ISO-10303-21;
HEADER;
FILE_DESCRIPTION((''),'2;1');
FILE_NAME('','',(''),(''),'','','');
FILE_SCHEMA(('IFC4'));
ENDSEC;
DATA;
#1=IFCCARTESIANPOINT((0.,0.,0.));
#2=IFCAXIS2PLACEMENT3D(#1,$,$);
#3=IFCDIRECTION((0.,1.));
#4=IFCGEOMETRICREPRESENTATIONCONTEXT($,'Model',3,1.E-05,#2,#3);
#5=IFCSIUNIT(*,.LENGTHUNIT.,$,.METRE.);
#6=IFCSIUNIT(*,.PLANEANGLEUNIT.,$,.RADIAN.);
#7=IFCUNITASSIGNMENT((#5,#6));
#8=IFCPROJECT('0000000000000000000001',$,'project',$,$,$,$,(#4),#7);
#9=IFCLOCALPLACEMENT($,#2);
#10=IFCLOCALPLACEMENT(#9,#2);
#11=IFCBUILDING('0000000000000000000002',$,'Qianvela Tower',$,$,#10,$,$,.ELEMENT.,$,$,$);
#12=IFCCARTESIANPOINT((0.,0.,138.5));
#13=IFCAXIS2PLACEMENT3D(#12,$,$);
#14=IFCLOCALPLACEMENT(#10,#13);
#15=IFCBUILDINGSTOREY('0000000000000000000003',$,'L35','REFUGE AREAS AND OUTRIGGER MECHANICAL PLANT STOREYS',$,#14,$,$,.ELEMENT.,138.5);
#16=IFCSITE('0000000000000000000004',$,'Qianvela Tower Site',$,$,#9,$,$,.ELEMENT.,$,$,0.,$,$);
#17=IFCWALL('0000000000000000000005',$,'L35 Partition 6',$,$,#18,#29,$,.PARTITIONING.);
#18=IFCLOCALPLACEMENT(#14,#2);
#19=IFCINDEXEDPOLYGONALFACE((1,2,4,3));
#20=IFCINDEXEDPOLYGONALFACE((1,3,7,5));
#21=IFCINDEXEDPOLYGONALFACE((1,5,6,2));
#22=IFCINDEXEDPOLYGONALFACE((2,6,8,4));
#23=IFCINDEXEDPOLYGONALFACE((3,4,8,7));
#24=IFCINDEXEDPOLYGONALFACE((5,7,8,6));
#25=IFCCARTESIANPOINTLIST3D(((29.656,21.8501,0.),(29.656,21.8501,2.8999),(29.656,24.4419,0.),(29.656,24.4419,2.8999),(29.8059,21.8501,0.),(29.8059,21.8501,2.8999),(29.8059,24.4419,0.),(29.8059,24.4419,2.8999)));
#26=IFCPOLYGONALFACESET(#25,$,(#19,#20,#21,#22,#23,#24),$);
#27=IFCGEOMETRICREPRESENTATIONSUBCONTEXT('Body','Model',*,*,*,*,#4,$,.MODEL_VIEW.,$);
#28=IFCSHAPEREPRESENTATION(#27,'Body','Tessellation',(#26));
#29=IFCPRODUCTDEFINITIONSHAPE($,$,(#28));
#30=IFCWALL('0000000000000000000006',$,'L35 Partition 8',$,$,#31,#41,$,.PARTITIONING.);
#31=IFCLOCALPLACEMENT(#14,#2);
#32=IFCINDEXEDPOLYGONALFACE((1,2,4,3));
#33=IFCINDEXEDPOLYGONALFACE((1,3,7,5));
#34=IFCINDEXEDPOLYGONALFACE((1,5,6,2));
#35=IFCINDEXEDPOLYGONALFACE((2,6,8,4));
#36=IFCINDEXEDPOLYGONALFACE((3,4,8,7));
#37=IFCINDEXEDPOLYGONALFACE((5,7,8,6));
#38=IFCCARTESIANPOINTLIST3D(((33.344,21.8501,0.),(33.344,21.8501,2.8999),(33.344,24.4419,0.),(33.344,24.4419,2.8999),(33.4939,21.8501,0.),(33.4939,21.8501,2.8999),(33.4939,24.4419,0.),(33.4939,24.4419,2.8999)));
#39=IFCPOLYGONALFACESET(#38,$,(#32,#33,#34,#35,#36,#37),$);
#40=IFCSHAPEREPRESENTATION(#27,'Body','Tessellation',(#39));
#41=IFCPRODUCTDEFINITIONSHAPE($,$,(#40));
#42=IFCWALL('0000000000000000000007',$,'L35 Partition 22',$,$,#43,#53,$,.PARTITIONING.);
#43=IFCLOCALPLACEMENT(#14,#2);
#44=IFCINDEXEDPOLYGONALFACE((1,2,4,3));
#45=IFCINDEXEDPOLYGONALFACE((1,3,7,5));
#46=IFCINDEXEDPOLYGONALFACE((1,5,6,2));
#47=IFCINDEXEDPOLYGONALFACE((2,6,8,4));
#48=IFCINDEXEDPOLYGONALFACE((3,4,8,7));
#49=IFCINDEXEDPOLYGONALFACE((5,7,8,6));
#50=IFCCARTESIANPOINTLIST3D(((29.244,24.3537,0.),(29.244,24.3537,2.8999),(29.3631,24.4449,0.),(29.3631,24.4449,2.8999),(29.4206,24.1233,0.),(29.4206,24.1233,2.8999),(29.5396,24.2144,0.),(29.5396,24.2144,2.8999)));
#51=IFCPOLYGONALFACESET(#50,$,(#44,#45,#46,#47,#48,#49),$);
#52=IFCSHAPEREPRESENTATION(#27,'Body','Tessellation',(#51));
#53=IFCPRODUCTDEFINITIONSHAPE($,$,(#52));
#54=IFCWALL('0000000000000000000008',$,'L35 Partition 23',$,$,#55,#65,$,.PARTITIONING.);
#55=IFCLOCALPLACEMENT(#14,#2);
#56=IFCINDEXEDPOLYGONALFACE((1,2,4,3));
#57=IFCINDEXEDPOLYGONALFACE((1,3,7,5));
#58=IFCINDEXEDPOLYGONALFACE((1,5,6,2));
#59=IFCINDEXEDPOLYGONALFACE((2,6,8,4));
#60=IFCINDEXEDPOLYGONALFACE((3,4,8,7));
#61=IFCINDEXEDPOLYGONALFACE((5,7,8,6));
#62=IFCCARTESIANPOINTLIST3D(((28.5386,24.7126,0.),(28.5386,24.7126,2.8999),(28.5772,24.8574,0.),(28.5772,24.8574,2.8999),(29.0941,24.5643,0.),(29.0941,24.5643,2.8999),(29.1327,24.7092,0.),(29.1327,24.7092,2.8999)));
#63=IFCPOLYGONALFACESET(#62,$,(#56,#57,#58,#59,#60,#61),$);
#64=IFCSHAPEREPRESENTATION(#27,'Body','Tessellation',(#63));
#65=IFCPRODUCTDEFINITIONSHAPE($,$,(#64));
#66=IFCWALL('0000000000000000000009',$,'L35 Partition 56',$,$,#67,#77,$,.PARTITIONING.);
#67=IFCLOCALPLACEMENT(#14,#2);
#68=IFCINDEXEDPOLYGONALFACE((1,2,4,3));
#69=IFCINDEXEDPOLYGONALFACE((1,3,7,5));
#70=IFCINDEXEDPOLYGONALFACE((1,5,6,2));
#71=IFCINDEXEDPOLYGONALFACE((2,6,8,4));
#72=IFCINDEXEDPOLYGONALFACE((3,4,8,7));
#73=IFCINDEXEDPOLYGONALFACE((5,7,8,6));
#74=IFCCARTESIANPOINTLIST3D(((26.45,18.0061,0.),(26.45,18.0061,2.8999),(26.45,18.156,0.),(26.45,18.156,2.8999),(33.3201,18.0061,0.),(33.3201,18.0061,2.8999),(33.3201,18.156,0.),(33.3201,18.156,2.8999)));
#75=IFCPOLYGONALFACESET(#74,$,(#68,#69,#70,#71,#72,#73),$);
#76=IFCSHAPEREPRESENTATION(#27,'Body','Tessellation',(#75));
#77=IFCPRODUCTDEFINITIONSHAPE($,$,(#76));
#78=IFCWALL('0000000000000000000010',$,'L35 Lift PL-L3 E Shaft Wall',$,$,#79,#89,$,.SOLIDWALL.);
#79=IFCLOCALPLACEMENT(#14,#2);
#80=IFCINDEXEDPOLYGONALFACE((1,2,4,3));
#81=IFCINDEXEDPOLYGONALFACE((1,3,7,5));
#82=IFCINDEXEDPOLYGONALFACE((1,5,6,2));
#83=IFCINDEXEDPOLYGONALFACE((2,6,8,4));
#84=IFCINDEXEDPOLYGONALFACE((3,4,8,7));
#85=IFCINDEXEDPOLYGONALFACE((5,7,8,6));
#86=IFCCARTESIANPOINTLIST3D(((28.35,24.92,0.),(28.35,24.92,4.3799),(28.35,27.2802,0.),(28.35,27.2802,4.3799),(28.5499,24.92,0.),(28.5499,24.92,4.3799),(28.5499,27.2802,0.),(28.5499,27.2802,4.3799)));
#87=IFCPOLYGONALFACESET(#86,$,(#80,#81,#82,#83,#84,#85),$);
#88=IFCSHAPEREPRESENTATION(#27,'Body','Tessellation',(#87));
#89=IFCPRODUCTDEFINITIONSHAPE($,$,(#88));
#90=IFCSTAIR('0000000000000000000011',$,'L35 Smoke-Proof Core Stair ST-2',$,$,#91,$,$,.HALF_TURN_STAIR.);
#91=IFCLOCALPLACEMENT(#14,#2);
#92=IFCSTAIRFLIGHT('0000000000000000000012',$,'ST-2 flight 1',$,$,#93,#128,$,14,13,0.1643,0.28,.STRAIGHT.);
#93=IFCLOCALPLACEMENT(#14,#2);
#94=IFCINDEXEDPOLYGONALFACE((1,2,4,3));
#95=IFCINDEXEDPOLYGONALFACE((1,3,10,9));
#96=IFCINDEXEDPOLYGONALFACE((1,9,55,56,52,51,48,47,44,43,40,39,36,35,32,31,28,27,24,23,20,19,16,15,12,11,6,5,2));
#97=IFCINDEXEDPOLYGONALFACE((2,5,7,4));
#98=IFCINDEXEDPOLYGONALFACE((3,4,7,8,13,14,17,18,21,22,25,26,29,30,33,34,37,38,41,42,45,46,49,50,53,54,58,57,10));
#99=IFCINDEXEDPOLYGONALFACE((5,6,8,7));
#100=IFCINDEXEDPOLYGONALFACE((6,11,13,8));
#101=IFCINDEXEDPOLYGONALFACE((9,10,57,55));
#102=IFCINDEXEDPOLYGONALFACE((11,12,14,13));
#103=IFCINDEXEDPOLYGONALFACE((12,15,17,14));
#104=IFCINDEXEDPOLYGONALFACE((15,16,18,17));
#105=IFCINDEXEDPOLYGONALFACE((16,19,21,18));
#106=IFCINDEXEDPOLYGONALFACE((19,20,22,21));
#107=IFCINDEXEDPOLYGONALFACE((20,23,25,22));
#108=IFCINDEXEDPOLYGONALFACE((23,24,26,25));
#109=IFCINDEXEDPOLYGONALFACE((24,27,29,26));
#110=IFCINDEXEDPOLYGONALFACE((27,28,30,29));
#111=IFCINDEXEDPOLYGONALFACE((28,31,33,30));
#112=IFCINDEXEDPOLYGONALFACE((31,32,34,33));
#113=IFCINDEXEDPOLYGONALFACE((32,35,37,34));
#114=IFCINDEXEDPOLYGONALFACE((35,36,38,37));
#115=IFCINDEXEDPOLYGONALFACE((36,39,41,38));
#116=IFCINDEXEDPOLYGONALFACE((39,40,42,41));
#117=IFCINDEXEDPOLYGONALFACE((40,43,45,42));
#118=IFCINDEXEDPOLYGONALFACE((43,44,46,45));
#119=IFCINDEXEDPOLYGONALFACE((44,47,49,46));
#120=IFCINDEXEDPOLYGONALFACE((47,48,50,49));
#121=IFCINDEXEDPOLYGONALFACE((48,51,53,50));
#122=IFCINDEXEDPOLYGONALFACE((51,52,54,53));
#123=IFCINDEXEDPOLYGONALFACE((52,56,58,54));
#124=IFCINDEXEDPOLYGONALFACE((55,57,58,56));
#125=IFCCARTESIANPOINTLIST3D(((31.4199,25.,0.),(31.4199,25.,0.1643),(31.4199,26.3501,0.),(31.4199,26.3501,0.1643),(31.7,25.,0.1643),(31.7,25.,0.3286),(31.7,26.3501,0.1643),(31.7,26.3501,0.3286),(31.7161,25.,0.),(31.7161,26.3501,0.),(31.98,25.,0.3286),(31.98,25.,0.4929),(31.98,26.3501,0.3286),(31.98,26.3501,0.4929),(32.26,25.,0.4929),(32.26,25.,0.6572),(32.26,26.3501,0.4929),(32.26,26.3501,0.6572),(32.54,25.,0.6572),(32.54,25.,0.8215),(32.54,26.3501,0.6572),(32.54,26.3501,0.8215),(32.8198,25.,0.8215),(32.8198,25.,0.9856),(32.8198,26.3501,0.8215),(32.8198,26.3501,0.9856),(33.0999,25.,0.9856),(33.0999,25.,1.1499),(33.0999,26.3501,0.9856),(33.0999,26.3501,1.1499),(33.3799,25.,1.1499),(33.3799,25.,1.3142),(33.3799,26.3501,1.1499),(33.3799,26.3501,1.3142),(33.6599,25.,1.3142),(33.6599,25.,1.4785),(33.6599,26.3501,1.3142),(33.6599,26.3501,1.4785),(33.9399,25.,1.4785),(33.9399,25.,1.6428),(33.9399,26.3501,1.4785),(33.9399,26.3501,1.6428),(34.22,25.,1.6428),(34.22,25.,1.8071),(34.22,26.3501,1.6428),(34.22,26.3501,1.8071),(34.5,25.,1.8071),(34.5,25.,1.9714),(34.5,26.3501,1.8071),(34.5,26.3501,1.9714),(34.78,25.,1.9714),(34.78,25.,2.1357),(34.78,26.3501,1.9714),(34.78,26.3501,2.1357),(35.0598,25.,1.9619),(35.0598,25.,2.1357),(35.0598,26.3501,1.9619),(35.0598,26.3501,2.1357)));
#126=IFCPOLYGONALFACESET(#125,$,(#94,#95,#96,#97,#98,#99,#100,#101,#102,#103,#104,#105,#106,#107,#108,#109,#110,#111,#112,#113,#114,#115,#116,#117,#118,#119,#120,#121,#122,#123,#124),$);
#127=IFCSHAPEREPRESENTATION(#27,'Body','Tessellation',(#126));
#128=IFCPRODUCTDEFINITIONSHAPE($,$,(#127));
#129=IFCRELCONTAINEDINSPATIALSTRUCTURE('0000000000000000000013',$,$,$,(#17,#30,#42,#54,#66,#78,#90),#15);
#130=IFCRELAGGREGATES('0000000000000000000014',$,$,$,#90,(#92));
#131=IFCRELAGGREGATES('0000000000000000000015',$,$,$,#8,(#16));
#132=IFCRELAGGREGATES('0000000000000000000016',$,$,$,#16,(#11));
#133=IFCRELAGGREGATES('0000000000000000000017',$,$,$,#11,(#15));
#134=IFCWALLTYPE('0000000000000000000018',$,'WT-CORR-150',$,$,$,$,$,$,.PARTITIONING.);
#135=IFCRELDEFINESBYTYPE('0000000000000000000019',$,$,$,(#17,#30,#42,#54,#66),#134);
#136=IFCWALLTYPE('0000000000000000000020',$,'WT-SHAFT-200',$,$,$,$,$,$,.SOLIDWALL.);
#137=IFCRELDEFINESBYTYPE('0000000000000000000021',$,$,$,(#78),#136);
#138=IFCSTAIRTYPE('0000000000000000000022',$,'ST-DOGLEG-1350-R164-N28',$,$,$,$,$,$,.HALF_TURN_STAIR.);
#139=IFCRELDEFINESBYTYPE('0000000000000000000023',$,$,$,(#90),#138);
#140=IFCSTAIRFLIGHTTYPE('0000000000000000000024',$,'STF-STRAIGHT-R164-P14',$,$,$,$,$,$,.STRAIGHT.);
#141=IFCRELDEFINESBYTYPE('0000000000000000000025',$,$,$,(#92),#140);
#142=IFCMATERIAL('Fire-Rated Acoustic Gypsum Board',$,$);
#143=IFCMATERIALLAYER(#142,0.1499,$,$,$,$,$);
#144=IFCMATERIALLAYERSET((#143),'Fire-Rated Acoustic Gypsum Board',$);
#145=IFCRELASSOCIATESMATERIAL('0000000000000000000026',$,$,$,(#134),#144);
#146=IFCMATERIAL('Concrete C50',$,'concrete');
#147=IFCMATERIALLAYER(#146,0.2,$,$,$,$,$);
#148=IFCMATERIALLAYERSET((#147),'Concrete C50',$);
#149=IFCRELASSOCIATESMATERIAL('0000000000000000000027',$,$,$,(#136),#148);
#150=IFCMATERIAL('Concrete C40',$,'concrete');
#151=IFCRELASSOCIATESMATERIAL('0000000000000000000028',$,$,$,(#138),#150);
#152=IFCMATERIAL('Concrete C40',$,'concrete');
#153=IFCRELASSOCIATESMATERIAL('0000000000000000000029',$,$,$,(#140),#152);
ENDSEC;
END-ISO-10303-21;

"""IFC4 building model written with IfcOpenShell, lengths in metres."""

from ifc_helpers import new_model, si_unit, direction, frame, frame_2d, origin, place, context, subcontext, project, spatial, polyline, rectangle, outline, extrude, material, layer, layer_set, type_object, element, aggregate, save


model = new_model("IFC4")

# Units and contexts
model_context = context("Model", 3, precision=1e-05, world=origin(), true_north=direction((0.0, 1.0)))
body_context = subcontext(model_context, "Body", "Model", "MODEL_VIEW")
ifc_project = project(units=[si_unit("LENGTHUNIT", "METRE"), si_unit("PLANEANGLEUNIT", "RADIAN")], contexts=[model_context])

# Site, building, storey
site_placement = place(None, origin())
site = spatial("IfcSite", under=ifc_project, at=site_placement, Name="Qianvela Tower Site", CompositionType="ELEMENT", RefElevation=0.0)
building_placement = place(site_placement, origin())
building = spatial("IfcBuilding", under=site, at=building_placement, Name="Qianvela Tower", CompositionType="ELEMENT")
storey_placement = place(building_placement, frame((0.0, 0.0, 138.5)))
storey = spatial("IfcBuildingStorey", under=building, at=storey_placement, Name="L35", Description="REFUGE AREAS AND OUTRIGGER MECHANICAL PLANT STOREYS", CompositionType="ELEMENT", Elevation=138.5)

# Shared definitions
ifc_material_1 = material(Name="Fire-Rated Acoustic Gypsum Board")
ifc_layer_1 = layer(ifc_material_1, 0.1499)
ifc_layer_set_1 = layer_set([ifc_layer_1], Name="Fire-Rated Acoustic Gypsum Board")
wall_type_1 = type_object("IfcWallType", Name="WT-CORR-150", PredefinedType="PARTITIONING", material=ifc_layer_set_1)

# Walls
for number, where, z_axis, x_axis, name in (
    (1, (29.731, 21.8501, 0.0), (0.0, 0.0, 1.0), (0.0, 1.0, 0.0), "L35 Partition 6"),
    (2, (33.4189, 24.4419, 0.0), (0.0, 0.0, 1.0), (0.0, -1.0, 0.0), "L35 Partition 8"),
):
    element("IfcWall", number, at=place(storey_placement, frame(where, z_axis=z_axis, x_axis=x_axis)), inside=storey, type_object=wall_type_1, Name=name, PredefinedType="PARTITIONING", context=body_context, shape_type="SweptSolid", body=[
        extrude(rectangle(XDim=2.5918, YDim=0.1499, at=frame_2d((1.2959, 0.0))), origin(), (0.0, 0.0, 1.0), 2.8999),
    ])
wall_1_placement = place(storey_placement, frame((29.48, 24.1689, 0.0), z_axis=(0.0, 0.0, 1.0), x_axis=(-0.608043, 0.793904, 0.0)))
element("IfcWall", 3, at=wall_1_placement, inside=storey, type_object=wall_type_1, Name="L35 Partition 22", PredefinedType="PARTITIONING", context=body_context, shape_type="SweptSolid", body=[
    extrude(rectangle(XDim=0.2903, YDim=0.1499, at=frame_2d((0.145, 0.0))), origin(), (0.0, 0.0, 1.0), 2.8999),
])
wall_2_placement = place(storey_placement, frame((29.1135, 24.6367, 0.0), z_axis=(0.0, 0.0, 1.0), x_axis=(-0.9662, 0.257795, 0.0)))
element("IfcWall", 4, at=wall_2_placement, inside=storey, type_object=wall_type_1, Name="L35 Partition 23", PredefinedType="PARTITIONING", context=body_context, shape_type="SweptSolid", body=[
    extrude(rectangle(XDim=0.575, YDim=0.1499, at=frame_2d((0.2876, 0.0))), origin(), (0.0, 0.0, 1.0), 2.8999),
])
wall_3_placement = place(storey_placement, frame((33.3201, 18.0811, 0.0), z_axis=(0.0, 0.0, 1.0), x_axis=(-1.0, 0.0, 0.0)))
element("IfcWall", 5, at=wall_3_placement, inside=storey, type_object=wall_type_1, Name="L35 Partition 56", PredefinedType="PARTITIONING", context=body_context, shape_type="SweptSolid", body=[
    extrude(rectangle(XDim=6.8701, YDim=0.1499, at=frame_2d((3.4351, 0.0))), origin(), (0.0, 0.0, 1.0), 2.8999),
])
ifc_material_2 = material(Name="Concrete C50", Category="concrete")
ifc_layer_2 = layer(ifc_material_2, 0.2)
ifc_layer_set_2 = layer_set([ifc_layer_2], Name="Concrete C50")
wall_type_2 = type_object("IfcWallType", Name="WT-SHAFT-200", PredefinedType="SOLIDWALL", material=ifc_layer_set_2)
wall_4_placement = place(storey_placement, frame((28.45, 24.9199, 0.0), z_axis=(0.0, 0.0, 1.0), x_axis=(0.0, 1.0, 0.0)))
element("IfcWall", 6, at=wall_4_placement, inside=storey, type_object=wall_type_2, Name="L35 Lift PL-L3 E Shaft Wall", PredefinedType="SOLIDWALL", context=body_context, shape_type="SweptSolid", body=[
    extrude(rectangle(XDim=2.3601, YDim=0.2, at=frame_2d((1.1802, 0.0))), origin(), (0.0, 0.0, 1.0), 4.3799),
])

# Stair, stair flight
ifc_material_3 = material(Name="Concrete C40", Category="concrete")
stair_type = type_object("IfcStairType", Name="ST-DOGLEG-1350-R164-N28", PredefinedType="HALF_TURN_STAIR", material=ifc_material_3)
stair_placement = place(storey_placement, origin())
stair = element("IfcStair", 7, at=stair_placement, inside=storey, type_object=stair_type, Name="L35 Smoke-Proof Core Stair ST-2", PredefinedType="HALF_TURN_STAIR")
ifc_material_4 = material(Name="Concrete C40", Category="concrete")
stair_flight_type = type_object("IfcStairFlightType", Name="STF-STRAIGHT-R164-P14", PredefinedType="STRAIGHT", material=ifc_material_4)
stair_flight_placement = place(storey_placement, frame((31.4199, 25.675, 0.0), z_axis=(0.0, 0.0, 1.0), x_axis=(1.0, 0.0, 0.0)))
stair_flight = element("IfcStairFlight", 8, at=stair_flight_placement, type_object=stair_flight_type, Name="ST-2 flight 1", NumberOfRisers=14, NumberOfTreads=13, PredefinedType="STRAIGHT", RiserHeight=0.1643, TreadLength=0.28, context=body_context, shape_type="SweptSolid", body=[
    extrude(outline(polyline([(0.0, 0.0), (0.0, 0.1643), (0.28, 0.1643), (0.28, 0.3286), (0.5601, 0.3286), (0.5601, 0.4929), (0.8401, 0.4929), (0.8401, 0.6572), (1.1201, 0.6572), (1.1201, 0.8215), (1.3999, 0.8215), (1.3999, 0.9856), (1.6799, 0.9856), (1.6799, 1.1499), (1.96, 1.1499), (1.96, 1.3142), (2.24, 1.3142), (2.24, 1.4785), (2.52, 1.4785), (2.52, 1.6428), (2.8, 1.6428), (2.8, 1.8071), (3.0801, 1.8071), (3.0801, 1.9714), (3.3601, 1.9714), (3.3601, 2.1357), (3.6399, 2.1357), (3.6399, 2.3), (3.6399, 1.9619), (0.2961, 0.0), (0.0, 0.0)])), frame((0.0, 0.675, 0.0), z_axis=(0.0, -1.0, 0.0), x_axis=(1.0, 0.0, 0.0)), (0.0, 0.0, 1.0), 1.3501),
])
aggregate(stair, [stair_flight])

save(model, "model.ifc")
